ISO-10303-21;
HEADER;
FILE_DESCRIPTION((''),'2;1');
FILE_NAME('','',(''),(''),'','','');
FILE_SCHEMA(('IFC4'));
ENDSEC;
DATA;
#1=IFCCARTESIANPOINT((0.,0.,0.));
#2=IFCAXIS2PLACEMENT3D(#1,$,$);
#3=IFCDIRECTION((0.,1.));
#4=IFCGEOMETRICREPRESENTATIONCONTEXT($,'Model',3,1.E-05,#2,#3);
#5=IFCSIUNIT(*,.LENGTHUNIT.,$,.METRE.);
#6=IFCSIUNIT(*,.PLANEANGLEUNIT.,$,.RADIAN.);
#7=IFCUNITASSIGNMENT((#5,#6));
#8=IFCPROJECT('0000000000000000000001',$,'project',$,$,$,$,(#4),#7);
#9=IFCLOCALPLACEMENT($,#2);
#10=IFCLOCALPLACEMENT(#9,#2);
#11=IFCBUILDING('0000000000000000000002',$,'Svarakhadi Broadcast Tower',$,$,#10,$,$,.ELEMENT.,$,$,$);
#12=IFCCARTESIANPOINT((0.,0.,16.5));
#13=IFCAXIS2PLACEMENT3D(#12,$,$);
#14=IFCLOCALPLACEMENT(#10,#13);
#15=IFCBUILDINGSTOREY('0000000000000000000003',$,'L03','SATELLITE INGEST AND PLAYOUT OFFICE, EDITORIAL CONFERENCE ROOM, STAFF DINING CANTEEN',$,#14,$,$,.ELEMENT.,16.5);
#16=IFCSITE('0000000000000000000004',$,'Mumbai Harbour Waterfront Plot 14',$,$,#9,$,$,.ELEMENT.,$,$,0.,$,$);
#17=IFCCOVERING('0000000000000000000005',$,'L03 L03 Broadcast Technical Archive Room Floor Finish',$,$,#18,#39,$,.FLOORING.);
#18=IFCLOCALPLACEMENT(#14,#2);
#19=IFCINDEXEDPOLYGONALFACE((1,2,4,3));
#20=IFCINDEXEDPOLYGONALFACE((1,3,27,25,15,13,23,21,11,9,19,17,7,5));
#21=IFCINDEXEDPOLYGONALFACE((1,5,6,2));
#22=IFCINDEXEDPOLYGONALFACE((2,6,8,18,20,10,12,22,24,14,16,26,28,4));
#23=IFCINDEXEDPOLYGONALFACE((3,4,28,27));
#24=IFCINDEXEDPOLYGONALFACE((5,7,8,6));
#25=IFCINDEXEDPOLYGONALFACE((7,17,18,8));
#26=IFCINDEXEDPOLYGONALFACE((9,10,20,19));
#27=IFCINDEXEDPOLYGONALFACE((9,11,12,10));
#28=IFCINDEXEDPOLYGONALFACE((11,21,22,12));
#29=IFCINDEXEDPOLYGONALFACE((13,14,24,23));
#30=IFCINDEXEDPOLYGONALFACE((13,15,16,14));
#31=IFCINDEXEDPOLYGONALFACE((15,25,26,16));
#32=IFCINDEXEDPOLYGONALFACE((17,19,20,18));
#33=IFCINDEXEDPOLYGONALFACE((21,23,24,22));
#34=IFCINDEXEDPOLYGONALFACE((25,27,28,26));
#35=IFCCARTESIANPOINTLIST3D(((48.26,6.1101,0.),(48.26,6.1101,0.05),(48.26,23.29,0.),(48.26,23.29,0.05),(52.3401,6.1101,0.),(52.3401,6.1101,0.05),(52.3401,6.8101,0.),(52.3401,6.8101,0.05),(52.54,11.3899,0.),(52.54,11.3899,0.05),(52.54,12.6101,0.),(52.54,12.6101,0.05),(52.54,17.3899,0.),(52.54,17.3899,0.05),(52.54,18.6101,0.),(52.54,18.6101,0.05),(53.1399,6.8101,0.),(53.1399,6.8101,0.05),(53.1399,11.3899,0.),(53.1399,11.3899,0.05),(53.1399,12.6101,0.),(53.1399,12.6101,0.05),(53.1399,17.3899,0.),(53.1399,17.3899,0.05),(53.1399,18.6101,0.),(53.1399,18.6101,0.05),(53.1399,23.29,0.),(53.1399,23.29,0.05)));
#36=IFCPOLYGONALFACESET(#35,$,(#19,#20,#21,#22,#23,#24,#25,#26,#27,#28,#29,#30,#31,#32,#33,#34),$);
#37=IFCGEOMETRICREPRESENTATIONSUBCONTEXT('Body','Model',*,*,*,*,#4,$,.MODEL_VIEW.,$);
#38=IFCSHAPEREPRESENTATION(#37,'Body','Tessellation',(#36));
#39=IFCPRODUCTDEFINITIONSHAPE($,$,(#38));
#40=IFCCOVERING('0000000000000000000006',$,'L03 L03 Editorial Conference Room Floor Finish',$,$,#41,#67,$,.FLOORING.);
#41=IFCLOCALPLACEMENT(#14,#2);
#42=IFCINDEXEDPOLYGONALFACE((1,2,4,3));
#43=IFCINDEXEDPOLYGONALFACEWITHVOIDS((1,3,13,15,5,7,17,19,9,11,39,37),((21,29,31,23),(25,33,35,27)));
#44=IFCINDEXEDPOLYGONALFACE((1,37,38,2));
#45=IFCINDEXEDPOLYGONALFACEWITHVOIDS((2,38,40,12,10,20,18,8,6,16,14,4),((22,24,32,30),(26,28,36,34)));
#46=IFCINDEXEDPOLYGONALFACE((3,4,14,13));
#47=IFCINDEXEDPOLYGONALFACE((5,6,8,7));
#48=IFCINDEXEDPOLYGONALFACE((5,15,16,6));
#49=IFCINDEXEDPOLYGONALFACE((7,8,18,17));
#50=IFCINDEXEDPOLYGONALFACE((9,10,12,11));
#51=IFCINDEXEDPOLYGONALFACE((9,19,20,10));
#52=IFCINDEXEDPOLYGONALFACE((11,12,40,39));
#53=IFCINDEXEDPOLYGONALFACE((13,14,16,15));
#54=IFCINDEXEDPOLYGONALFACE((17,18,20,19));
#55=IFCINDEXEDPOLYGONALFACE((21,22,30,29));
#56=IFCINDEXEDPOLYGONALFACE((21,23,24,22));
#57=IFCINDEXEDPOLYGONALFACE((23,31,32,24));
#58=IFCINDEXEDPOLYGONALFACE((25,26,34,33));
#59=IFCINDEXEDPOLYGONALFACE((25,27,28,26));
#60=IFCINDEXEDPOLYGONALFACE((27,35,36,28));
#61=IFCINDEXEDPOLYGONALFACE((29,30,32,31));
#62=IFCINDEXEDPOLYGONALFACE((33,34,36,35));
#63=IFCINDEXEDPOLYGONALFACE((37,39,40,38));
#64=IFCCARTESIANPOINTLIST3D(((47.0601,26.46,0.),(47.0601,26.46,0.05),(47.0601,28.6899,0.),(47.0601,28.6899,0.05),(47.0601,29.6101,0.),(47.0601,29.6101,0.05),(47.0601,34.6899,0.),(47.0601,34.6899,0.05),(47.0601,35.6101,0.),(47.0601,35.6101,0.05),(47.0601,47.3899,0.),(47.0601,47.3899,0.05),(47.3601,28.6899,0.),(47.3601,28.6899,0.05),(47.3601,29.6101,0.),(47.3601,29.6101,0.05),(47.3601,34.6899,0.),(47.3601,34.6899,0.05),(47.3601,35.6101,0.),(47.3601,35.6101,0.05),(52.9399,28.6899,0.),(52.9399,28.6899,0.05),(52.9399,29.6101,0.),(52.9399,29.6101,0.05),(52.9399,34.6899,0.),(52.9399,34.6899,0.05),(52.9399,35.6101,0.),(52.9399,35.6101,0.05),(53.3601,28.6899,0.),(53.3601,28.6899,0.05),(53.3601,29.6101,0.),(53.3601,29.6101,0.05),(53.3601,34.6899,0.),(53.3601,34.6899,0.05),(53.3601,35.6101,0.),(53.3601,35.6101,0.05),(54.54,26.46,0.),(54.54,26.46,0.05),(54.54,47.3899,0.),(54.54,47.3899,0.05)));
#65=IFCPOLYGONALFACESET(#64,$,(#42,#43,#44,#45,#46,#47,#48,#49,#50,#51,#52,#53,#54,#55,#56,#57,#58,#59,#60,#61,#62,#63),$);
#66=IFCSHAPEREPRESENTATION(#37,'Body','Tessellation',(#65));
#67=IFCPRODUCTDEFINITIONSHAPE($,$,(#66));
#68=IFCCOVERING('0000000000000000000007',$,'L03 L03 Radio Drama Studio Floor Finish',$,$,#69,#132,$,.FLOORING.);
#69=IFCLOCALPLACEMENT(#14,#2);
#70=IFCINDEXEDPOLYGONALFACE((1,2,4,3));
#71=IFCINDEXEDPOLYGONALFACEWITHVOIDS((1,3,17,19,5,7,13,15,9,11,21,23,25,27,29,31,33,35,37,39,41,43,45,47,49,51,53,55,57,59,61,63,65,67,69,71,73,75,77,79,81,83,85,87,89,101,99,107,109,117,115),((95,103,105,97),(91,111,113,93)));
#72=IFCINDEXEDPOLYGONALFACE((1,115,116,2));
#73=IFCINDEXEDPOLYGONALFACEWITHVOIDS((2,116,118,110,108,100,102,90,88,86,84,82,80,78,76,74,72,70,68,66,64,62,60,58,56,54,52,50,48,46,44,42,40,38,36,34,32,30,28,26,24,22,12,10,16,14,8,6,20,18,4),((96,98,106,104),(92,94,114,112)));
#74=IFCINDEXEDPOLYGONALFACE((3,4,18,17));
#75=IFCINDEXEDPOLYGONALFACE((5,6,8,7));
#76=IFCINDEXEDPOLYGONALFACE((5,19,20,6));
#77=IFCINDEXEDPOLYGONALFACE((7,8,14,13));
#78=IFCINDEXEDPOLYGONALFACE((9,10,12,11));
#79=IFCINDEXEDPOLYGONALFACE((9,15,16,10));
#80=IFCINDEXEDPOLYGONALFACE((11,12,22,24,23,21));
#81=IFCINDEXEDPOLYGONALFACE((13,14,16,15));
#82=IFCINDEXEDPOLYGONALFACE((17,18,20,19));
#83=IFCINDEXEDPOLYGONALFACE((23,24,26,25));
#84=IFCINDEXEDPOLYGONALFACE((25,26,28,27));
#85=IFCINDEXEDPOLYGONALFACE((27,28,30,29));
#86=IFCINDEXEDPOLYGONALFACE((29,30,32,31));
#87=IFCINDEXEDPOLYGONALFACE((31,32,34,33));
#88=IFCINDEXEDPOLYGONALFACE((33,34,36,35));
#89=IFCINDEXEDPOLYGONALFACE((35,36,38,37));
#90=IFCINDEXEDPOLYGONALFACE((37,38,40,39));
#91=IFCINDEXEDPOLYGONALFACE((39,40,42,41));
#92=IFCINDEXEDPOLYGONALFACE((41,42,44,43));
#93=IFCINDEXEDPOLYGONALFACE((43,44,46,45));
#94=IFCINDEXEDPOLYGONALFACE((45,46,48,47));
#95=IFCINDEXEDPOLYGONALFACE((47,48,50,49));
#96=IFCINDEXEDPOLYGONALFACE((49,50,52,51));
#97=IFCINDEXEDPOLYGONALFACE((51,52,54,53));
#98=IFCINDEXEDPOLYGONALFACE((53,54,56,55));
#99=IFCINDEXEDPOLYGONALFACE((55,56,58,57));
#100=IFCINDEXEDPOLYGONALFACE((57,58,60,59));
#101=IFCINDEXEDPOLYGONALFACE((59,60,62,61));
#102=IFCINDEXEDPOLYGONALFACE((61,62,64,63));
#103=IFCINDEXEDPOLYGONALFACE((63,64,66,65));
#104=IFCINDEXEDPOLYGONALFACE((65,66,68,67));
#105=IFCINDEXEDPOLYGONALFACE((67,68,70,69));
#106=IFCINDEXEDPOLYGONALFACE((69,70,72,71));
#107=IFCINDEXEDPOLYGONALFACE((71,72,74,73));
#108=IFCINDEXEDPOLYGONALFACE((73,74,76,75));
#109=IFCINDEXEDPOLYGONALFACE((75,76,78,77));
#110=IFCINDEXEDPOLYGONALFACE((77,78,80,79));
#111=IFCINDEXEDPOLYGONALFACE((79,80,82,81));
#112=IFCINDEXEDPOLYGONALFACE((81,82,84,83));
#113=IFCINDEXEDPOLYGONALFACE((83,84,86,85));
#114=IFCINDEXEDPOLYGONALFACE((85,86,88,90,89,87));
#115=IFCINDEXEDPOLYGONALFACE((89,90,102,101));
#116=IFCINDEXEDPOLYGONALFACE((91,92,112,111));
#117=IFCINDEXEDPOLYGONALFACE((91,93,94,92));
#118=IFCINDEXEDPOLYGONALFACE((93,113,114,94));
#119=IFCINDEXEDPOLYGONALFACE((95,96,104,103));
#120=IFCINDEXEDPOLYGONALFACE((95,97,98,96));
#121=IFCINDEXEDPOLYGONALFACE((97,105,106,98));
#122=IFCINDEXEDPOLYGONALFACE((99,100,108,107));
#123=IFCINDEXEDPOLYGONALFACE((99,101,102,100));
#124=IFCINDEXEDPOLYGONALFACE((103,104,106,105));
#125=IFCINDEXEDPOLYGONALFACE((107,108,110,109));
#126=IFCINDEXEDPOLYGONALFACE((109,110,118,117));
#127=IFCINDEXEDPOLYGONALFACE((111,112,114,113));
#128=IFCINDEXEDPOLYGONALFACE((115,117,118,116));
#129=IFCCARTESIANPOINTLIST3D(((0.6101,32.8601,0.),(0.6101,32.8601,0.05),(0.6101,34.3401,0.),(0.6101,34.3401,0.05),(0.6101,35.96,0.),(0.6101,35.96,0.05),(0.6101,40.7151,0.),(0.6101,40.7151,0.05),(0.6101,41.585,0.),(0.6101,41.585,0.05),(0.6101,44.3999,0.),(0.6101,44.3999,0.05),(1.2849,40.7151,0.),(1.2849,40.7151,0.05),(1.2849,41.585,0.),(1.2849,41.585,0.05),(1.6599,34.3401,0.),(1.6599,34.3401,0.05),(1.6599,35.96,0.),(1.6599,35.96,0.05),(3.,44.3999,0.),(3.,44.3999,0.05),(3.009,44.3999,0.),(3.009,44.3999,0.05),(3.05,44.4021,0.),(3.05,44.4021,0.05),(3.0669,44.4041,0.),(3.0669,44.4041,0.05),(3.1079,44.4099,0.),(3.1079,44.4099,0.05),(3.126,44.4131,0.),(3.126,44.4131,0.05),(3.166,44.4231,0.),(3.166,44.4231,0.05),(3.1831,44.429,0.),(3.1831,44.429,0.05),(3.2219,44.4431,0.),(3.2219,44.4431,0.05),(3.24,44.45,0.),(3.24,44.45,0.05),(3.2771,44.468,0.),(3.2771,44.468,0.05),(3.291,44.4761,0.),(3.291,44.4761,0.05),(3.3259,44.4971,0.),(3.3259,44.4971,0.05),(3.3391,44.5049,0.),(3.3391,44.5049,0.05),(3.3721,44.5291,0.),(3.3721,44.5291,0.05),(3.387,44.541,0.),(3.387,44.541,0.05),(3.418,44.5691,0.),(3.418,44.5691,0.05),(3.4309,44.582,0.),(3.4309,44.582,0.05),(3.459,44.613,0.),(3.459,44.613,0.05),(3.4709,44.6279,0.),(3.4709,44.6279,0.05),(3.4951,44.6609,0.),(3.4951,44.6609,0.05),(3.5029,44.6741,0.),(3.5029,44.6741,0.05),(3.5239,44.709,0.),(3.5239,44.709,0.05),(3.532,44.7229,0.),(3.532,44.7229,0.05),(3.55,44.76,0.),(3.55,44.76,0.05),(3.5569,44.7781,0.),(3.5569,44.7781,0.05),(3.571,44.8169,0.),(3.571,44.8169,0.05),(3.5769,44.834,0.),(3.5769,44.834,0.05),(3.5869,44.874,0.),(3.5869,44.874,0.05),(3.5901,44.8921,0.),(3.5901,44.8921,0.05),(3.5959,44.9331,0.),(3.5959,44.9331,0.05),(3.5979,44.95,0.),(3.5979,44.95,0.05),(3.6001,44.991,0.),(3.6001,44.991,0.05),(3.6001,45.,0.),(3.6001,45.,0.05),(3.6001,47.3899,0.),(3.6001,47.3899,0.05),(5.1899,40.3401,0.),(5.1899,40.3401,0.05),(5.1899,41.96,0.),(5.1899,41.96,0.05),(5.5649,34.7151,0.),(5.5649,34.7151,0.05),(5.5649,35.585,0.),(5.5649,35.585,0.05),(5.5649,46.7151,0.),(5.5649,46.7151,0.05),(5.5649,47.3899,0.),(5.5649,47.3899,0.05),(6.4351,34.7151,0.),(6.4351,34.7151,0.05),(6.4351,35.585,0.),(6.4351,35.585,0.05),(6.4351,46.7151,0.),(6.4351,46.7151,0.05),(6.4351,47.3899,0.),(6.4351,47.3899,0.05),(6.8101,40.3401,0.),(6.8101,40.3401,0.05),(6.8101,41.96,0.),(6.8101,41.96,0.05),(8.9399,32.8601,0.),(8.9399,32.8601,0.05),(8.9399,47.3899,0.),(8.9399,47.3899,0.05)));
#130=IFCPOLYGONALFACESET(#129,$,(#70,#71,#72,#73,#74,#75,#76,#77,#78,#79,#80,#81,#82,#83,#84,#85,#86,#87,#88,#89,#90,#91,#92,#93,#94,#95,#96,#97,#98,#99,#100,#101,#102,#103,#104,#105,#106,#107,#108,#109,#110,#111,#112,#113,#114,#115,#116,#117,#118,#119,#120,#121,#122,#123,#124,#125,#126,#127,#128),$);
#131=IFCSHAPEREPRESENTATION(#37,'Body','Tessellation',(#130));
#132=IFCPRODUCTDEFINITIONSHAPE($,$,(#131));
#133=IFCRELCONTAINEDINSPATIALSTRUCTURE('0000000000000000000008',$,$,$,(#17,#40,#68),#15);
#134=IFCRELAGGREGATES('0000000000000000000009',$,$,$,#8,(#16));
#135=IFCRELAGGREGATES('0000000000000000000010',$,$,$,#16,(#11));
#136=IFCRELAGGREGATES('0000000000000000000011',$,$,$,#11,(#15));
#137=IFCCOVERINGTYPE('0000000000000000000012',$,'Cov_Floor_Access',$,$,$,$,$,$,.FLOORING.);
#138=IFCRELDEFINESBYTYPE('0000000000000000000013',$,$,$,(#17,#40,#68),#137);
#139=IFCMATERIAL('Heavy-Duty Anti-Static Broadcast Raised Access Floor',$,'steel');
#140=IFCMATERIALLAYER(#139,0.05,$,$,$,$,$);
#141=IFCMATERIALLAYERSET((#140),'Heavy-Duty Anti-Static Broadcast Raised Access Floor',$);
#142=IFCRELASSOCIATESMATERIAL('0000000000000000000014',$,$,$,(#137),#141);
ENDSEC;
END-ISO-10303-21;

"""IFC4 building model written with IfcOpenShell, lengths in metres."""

from ifc_helpers import new_model, si_unit, direction, frame, origin, place, context, subcontext, project, spatial, polyline, outline, extrude, material, layer, layer_set, type_object, element, save


model = new_model("IFC4")

# Units and contexts
model_context = context("Model", 3, precision=1e-05, world=origin(), true_north=direction((0.0, 1.0)))
body_context = subcontext(model_context, "Body", "Model", "MODEL_VIEW")
ifc_project = project(units=[si_unit("LENGTHUNIT", "METRE"), si_unit("PLANEANGLEUNIT", "RADIAN")], contexts=[model_context])

# Site, building, storey
site_placement = place(None, origin())
site = spatial("IfcSite", under=ifc_project, at=site_placement, Name="Mumbai Harbour Waterfront Plot 14", CompositionType="ELEMENT", RefElevation=0.0)
building_placement = place(site_placement, origin())
building = spatial("IfcBuilding", under=site, at=building_placement, Name="Svarakhadi Broadcast Tower", CompositionType="ELEMENT")
storey_placement = place(building_placement, frame((0.0, 0.0, 16.5)))
storey = spatial("IfcBuildingStorey", under=building, at=storey_placement, Name="L03", Description="SATELLITE INGEST AND PLAYOUT OFFICE, EDITORIAL CONFERENCE ROOM, STAFF DINING CANTEEN", CompositionType="ELEMENT", Elevation=16.5)

# Coverings
ifc_material_1 = material(Name="Heavy-Duty Anti-Static Broadcast Raised Access Floor", Category="steel")
ifc_layer_1 = layer(ifc_material_1, 0.05)
ifc_layer_set_1 = layer_set([ifc_layer_1], Name="Heavy-Duty Anti-Static Broadcast Raised Access Floor")
covering_type_1 = type_object("IfcCoveringType", Name="Cov_Floor_Access", PredefinedType="FLOORING", material=ifc_layer_set_1)
covering_1_placement = place(storey_placement, origin())
element("IfcCovering", 1, at=covering_1_placement, inside=storey, type_object=covering_type_1, Name="L03 L03 Broadcast Technical Archive Room Floor Finish", PredefinedType="FLOORING", context=body_context, shape_type="SweptSolid", body=[
    extrude(outline(polyline([(53.1399, 23.29), (53.1399, 18.6101), (52.54, 18.6101), (52.54, 17.3899), (53.1399, 17.3899), (53.1399, 12.6101), (52.54, 12.6101), (52.54, 11.3899), (53.1399, 11.3899), (53.1399, 6.8101), (52.3401, 6.8101), (52.3401, 6.1101), (48.26, 6.1101), (48.26, 23.29), (53.1399, 23.29)])), origin(), (0.0, 0.0, 1.0), 0.05),
])
covering_2_placement = place(storey_placement, origin())
element("IfcCovering", 2, at=covering_2_placement, inside=storey, type_object=covering_type_1, Name="L03 L03 Editorial Conference Room Floor Finish", PredefinedType="FLOORING", context=body_context, shape_type="SweptSolid", body=[
    extrude(outline(polyline([(54.54, 47.3899), (54.54, 26.46), (47.0601, 26.46), (47.0601, 28.6899), (47.3601, 28.6899), (47.3601, 29.6101), (47.0601, 29.6101), (47.0601, 34.6899), (47.3601, 34.6899), (47.3601, 35.6101), (47.0601, 35.6101), (47.0601, 47.3899), (54.54, 47.3899)]), holes=[polyline([(52.9399, 28.6899), (53.3601, 28.6899), (53.3601, 29.6101), (52.9399, 29.6101), (52.9399, 28.6899)]), polyline([(52.9399, 34.6899), (53.3601, 34.6899), (53.3601, 35.6101), (52.9399, 35.6101), (52.9399, 34.6899)])]), origin(), (0.0, 0.0, 1.0), 0.05),
])
covering_3_placement = place(storey_placement, origin())
element("IfcCovering", 3, at=covering_3_placement, inside=storey, type_object=covering_type_1, Name="L03 L03 Radio Drama Studio Floor Finish", PredefinedType="FLOORING", context=body_context, shape_type="SweptSolid", body=[
    extrude(outline(polyline([(0.6101, 32.8601), (0.6101, 34.3401), (1.6599, 34.3401), (1.6599, 35.96), (0.6101, 35.96), (0.6101, 40.7151), (1.2849, 40.7151), (1.2849, 41.585), (0.6101, 41.585), (0.6101, 44.3999), (3.0, 44.3999), (3.009, 44.3999), (3.05, 44.4021), (3.0669, 44.4041), (3.1079, 44.4099), (3.126, 44.4131), (3.166, 44.4231), (3.1831, 44.429), (3.2219, 44.4431), (3.24, 44.45), (3.2771, 44.468), (3.291, 44.4761), (3.3259, 44.4971), (3.3391, 44.5049), (3.3721, 44.5291), (3.387, 44.541), (3.418, 44.5691), (3.4309, 44.582), (3.459, 44.613), (3.4709, 44.6279), (3.4951, 44.6609), (3.5029, 44.6741), (3.5239, 44.709), (3.532, 44.7229), (3.55, 44.76), (3.5569, 44.7781), (3.571, 44.8169), (3.5769, 44.834), (3.5869, 44.874), (3.5901, 44.8921), (3.5959, 44.9331), (3.5979, 44.95), (3.6001, 44.991), (3.6001, 45.0), (3.6001, 47.3899), (5.5649, 47.3899), (5.5649, 46.7151), (6.4351, 46.7151), (6.4351, 47.3899), (8.9399, 47.3899), (8.9399, 32.8601), (0.6101, 32.8601)]), holes=[polyline([(5.5649, 34.7151), (6.4351, 34.7151), (6.4351, 35.585), (5.5649, 35.585), (5.5649, 34.7151)]), polyline([(5.1899, 40.3401), (6.8101, 40.3401), (6.8101, 41.96), (5.1899, 41.96), (5.1899, 40.3401)])]), origin(), (0.0, 0.0, 1.0), 0.05),
])

save(model, "model.ifc")
